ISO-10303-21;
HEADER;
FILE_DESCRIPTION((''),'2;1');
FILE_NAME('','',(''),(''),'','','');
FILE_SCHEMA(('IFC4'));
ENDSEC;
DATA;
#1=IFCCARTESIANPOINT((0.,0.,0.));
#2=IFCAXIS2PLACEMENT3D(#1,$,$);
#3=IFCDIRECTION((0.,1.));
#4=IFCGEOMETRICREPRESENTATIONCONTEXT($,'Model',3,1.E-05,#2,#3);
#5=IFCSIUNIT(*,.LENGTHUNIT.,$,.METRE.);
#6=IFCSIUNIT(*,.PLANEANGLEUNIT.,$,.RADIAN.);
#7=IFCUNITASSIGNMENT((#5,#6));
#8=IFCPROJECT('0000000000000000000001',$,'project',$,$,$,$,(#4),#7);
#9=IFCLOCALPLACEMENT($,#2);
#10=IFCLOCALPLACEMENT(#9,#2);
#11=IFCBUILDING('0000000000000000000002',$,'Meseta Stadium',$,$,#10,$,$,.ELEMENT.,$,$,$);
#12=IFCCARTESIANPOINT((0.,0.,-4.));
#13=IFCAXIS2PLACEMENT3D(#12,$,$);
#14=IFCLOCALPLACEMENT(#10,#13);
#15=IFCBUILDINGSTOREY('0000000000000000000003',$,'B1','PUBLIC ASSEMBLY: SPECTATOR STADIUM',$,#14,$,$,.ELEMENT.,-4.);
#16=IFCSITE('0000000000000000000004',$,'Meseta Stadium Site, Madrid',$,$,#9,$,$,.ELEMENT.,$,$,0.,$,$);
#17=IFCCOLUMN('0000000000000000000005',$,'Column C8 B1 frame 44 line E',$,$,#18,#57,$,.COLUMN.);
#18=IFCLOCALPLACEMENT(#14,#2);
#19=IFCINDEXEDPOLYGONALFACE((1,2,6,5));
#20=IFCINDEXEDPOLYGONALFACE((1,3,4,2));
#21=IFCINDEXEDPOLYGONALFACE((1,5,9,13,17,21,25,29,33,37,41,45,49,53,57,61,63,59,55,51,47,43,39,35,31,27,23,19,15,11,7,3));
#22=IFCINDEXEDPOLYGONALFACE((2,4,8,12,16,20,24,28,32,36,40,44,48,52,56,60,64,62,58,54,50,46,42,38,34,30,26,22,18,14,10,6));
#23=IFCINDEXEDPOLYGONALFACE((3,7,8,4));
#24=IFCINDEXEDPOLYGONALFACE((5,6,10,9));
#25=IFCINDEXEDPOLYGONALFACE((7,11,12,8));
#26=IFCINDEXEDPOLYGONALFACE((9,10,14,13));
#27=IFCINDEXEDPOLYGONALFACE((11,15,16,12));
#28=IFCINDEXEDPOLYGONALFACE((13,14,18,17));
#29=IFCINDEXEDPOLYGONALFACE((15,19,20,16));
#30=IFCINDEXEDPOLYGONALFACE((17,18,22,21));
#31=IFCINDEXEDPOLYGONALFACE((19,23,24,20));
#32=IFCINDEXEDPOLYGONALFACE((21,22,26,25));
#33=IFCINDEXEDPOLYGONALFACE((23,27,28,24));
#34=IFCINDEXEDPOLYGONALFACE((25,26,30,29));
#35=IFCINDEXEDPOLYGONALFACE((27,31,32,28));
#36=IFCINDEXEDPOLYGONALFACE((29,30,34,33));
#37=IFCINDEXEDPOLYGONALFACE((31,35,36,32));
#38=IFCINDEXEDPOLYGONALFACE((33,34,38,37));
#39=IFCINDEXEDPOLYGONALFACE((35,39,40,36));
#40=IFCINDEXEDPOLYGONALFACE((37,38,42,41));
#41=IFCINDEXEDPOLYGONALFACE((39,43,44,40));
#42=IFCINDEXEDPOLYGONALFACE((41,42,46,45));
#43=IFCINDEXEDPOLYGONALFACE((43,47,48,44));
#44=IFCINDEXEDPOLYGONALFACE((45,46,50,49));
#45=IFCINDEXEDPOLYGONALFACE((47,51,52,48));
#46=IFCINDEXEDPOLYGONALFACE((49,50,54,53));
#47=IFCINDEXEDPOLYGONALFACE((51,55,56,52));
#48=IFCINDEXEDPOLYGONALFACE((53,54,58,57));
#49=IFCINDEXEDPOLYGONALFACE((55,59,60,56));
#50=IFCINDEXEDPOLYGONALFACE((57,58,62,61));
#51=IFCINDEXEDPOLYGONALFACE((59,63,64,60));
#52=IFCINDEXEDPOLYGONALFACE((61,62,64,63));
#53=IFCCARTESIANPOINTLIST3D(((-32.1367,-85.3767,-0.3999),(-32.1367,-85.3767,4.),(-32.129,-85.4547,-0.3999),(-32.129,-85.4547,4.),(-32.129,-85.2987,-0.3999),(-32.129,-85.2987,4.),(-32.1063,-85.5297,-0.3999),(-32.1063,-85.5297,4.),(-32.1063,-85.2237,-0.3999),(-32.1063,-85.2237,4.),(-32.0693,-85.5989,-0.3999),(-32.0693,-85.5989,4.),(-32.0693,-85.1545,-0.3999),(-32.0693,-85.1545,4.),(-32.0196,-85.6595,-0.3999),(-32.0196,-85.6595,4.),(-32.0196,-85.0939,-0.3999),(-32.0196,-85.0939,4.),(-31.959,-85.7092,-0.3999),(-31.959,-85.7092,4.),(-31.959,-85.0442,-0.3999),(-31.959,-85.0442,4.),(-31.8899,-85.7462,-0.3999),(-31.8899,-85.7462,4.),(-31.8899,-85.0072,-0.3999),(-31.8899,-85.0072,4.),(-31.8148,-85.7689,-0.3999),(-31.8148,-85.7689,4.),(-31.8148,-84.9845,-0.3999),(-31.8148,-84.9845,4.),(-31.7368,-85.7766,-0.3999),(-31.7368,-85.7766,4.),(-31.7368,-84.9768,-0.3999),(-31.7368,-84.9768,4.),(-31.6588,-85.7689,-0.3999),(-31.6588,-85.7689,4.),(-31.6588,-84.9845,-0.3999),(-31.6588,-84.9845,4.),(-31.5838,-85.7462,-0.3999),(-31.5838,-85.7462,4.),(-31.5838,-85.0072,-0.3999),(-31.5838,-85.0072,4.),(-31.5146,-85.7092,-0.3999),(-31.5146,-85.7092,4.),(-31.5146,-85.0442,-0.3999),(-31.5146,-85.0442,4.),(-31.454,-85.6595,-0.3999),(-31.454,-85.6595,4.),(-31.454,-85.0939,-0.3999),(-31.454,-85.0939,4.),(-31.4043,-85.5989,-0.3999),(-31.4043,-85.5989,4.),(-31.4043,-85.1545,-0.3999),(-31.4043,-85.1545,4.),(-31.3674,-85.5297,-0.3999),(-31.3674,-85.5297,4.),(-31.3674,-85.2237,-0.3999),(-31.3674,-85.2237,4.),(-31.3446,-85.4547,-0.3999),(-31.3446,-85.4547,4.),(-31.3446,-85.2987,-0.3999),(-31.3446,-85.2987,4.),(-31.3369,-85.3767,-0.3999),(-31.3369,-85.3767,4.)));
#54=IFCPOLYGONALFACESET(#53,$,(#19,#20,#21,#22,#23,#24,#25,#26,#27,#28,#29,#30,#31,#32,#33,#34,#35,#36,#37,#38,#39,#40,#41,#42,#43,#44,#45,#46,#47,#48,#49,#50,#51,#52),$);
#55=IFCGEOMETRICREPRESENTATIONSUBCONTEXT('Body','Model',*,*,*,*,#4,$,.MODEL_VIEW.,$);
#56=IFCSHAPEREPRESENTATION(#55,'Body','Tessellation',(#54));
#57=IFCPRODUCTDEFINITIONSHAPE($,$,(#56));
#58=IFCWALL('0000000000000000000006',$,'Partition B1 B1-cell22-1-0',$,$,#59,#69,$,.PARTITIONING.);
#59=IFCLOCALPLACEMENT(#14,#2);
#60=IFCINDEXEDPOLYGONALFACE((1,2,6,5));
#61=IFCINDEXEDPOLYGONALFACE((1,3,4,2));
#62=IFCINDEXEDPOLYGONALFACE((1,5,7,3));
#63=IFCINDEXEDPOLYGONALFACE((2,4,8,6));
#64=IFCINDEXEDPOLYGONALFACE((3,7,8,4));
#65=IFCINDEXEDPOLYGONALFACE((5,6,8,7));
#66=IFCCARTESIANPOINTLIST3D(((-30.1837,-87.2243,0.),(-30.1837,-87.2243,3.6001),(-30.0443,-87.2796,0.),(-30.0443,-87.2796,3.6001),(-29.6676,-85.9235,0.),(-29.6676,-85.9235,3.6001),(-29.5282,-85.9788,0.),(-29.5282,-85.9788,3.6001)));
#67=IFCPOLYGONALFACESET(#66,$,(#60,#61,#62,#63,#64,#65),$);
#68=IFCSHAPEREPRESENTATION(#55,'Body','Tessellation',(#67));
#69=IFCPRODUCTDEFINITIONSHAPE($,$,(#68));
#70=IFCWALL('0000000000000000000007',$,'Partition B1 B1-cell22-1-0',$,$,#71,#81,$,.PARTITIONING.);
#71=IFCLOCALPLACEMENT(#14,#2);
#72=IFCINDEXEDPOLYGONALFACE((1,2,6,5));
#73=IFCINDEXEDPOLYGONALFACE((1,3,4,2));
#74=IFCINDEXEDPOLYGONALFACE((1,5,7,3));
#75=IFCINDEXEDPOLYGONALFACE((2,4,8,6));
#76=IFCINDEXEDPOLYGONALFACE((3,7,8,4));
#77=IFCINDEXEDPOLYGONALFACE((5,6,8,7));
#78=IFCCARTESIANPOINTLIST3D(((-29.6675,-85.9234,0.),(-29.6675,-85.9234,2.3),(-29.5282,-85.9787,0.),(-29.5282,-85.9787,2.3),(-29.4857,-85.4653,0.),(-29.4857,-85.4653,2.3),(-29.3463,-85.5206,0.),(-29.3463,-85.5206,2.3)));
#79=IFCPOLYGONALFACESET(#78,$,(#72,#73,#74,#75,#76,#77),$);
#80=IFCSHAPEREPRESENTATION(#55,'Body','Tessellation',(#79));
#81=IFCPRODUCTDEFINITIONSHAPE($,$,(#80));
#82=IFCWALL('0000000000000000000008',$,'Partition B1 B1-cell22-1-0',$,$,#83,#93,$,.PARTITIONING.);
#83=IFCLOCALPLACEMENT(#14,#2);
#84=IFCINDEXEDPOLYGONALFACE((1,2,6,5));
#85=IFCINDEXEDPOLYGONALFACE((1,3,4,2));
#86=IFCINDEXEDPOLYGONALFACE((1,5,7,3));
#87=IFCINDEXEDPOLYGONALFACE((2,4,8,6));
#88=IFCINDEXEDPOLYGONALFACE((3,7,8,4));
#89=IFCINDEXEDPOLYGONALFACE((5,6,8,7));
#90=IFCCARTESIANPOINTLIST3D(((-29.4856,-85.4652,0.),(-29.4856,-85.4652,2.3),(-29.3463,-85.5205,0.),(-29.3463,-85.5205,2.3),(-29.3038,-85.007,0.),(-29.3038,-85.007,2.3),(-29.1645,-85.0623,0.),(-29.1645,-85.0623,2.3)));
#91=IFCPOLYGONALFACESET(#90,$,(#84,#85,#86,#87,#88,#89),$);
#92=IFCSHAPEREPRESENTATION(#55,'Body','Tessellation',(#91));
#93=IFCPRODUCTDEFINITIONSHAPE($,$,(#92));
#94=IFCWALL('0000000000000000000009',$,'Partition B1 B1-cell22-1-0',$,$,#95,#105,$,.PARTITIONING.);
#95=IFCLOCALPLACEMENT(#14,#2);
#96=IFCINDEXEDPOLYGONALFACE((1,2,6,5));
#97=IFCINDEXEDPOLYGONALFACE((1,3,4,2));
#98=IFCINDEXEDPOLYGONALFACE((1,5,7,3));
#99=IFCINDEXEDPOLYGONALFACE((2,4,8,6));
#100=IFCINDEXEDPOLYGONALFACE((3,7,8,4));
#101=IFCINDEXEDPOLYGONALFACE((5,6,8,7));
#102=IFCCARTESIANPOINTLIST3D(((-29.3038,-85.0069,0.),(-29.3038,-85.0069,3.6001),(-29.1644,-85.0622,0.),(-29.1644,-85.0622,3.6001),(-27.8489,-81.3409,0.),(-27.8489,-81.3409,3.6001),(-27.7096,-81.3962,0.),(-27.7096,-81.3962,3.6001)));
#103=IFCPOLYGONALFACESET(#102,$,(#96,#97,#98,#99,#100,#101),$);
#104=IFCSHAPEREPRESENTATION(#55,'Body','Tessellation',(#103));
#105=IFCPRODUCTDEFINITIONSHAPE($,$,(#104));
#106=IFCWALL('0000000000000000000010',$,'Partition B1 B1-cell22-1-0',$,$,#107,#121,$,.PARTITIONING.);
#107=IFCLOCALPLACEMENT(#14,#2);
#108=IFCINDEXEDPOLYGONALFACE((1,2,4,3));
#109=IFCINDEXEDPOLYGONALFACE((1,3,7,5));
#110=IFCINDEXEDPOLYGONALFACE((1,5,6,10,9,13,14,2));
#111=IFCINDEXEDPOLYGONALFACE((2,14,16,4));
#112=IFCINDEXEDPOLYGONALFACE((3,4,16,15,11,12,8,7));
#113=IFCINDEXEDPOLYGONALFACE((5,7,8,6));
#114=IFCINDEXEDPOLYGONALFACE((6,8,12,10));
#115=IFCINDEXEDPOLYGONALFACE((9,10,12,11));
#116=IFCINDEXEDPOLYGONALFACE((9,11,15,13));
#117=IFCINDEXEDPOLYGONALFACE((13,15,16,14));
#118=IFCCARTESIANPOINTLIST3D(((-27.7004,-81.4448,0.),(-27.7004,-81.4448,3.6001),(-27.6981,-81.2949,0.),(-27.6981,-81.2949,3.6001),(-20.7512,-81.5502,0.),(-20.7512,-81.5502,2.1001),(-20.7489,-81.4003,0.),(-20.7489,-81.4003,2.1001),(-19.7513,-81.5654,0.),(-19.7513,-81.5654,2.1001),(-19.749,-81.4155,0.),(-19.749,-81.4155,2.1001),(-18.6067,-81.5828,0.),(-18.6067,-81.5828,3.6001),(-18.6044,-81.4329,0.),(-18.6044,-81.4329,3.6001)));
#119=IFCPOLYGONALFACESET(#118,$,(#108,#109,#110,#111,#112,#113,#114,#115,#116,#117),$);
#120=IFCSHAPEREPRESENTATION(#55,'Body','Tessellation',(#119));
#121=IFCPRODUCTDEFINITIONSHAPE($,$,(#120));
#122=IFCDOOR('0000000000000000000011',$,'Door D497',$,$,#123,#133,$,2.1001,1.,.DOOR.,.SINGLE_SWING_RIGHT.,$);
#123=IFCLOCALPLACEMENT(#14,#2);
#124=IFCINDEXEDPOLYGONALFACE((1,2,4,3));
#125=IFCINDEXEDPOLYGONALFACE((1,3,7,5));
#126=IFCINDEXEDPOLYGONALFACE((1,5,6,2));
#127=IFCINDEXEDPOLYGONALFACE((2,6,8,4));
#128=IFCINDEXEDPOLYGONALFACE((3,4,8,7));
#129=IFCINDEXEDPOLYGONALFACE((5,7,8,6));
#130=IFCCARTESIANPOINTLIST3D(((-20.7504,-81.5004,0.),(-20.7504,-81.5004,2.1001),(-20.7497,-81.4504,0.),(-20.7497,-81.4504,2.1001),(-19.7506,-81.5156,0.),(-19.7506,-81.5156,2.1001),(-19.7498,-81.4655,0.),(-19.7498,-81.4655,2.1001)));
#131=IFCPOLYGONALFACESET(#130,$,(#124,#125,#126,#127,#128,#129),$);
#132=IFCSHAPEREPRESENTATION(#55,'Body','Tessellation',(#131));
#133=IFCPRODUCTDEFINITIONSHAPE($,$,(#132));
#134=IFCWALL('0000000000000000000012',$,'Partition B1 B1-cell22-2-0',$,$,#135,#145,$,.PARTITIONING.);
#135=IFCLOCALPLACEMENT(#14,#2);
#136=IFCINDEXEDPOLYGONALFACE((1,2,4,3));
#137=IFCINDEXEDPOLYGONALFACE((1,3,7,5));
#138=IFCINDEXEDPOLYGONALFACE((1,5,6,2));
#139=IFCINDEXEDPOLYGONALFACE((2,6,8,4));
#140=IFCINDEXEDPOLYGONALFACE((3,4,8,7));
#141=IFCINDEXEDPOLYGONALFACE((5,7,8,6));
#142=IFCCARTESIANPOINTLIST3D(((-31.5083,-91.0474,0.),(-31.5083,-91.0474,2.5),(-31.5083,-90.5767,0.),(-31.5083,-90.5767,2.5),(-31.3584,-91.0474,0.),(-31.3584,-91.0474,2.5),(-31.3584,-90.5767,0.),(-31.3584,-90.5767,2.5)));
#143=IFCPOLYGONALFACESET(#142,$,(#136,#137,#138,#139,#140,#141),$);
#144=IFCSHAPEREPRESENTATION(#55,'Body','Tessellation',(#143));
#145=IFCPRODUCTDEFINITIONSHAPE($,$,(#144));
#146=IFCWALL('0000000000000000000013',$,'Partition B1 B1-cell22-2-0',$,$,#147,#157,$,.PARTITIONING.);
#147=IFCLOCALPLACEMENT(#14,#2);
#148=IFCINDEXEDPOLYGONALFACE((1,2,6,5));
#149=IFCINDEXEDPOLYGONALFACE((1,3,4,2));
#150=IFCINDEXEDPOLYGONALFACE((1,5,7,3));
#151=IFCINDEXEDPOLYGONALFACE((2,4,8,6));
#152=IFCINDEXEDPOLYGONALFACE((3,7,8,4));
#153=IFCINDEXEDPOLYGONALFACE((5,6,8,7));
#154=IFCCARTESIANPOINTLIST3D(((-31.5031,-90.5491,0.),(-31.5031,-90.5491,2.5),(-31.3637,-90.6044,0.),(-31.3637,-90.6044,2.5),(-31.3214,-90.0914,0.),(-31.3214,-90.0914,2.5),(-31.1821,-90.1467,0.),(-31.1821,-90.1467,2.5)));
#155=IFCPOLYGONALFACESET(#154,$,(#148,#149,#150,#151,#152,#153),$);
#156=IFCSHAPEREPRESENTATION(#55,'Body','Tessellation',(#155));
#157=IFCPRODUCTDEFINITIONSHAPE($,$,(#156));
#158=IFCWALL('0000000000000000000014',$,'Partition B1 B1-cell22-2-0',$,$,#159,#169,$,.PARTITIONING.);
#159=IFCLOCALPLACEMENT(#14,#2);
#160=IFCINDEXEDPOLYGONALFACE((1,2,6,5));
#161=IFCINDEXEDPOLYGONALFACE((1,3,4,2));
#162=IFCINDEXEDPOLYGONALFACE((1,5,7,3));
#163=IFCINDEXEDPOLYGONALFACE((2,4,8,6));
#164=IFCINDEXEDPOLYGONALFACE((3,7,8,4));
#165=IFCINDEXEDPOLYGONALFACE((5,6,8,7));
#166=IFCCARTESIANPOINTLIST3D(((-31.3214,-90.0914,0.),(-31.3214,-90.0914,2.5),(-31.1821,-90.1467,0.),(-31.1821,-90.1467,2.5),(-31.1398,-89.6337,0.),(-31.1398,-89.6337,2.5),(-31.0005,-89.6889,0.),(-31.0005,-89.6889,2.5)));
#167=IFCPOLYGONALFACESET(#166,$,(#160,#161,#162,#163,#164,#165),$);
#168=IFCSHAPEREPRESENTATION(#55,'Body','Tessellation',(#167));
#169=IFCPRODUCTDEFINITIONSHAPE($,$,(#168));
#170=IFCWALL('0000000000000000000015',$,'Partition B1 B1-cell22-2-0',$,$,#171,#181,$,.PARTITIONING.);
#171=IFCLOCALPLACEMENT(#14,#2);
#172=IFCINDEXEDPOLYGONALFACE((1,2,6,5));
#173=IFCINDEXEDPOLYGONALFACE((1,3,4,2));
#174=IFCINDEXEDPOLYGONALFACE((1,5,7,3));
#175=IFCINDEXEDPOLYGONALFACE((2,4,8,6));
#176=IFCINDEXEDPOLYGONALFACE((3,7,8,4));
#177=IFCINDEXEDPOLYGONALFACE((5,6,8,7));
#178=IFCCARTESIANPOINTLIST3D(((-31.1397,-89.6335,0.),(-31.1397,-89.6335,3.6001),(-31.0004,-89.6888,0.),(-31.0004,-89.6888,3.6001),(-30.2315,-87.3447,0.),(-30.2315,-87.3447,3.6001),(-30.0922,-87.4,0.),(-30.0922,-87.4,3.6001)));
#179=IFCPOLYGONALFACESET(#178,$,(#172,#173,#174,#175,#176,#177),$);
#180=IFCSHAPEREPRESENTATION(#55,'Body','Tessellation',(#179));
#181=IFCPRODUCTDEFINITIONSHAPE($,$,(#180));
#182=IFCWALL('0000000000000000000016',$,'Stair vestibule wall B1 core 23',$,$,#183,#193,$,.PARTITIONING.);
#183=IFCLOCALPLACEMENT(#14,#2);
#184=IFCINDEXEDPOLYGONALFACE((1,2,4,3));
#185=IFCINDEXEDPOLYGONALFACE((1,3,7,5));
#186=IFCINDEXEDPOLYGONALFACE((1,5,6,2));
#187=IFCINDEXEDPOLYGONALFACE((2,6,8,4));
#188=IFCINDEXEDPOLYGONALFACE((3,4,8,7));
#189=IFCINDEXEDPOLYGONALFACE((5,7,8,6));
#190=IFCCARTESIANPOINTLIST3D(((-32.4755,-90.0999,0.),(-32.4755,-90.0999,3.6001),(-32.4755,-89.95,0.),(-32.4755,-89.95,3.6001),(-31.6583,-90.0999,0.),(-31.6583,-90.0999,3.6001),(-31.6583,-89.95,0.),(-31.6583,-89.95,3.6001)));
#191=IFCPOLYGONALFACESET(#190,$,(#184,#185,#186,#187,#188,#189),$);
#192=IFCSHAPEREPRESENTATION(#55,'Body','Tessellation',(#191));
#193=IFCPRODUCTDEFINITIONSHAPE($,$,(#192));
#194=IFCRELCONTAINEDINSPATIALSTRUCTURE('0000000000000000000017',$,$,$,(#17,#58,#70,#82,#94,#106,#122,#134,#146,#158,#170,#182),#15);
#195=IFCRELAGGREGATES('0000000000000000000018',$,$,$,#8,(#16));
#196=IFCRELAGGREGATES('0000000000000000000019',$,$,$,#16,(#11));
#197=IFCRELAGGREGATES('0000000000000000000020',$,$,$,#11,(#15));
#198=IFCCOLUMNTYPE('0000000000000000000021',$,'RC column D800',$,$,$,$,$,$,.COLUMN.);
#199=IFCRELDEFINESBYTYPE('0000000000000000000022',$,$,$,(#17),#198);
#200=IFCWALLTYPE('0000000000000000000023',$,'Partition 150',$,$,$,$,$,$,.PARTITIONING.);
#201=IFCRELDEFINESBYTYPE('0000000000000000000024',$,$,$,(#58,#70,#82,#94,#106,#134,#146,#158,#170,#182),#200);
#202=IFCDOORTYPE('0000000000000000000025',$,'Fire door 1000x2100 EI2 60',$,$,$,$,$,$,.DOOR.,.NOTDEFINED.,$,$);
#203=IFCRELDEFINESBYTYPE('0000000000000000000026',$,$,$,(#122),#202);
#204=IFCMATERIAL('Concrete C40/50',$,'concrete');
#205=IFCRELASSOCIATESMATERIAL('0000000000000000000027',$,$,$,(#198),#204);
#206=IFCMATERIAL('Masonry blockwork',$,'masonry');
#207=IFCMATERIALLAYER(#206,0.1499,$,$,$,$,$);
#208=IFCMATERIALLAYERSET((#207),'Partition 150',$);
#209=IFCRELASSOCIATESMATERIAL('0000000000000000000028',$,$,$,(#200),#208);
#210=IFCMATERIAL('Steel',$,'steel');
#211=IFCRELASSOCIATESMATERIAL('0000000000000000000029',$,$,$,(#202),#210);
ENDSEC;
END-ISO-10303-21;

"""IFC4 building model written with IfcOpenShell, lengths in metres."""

from ifc_helpers import new_model, si_unit, direction, frame, frame_2d, origin, origin_2d, place, context, subcontext, project, spatial, rectangle, circle, extrude, material, layer, layer_set, material_profile, profile_set, type_object, element, fill, save


model = new_model("IFC4")

# Units and contexts
model_context = context("Model", 3, precision=1e-05, world=origin(), true_north=direction((0.0, 1.0)))
body_context = subcontext(model_context, "Body", "Model", "MODEL_VIEW")
ifc_project = project(units=[si_unit("LENGTHUNIT", "METRE"), si_unit("PLANEANGLEUNIT", "RADIAN")], contexts=[model_context])

# Site, building, storey
site_placement = place(None, origin())
site = spatial("IfcSite", under=ifc_project, at=site_placement, Name="Meseta Stadium Site, Madrid", CompositionType="ELEMENT", RefElevation=0.0)
building_placement = place(site_placement, origin())
building = spatial("IfcBuilding", under=site, at=building_placement, Name="Meseta Stadium", CompositionType="ELEMENT")
storey_placement = place(building_placement, frame((0.0, 0.0, -4.0)))
storey = spatial("IfcBuildingStorey", under=building, at=storey_placement, Name="B1", Description="PUBLIC ASSEMBLY: SPECTATOR STADIUM", CompositionType="ELEMENT", Elevation=-4.0)

# Column
ifc_material_1 = material(Name="Concrete C40/50", Category="concrete")
ifc_material_profile = material_profile(ifc_material_1, circle(Radius=0.3999, at=origin_2d()), Name="RC D800")
ifc_profile_set = profile_set([ifc_material_profile], Name="Concrete C40/50")
column_type = type_object("IfcColumnType", Name="RC column D800", PredefinedType="COLUMN", material=ifc_profile_set)
column_placement = place(storey_placement, frame((-31.7368, -85.3767, -0.3999), z_axis=(0.0, 0.0, 1.0), x_axis=(1.0, 0.0, 0.0)))
element("IfcColumn", 1, at=column_placement, inside=storey, type_object=column_type, Name="Column C8 B1 frame 44 line E", PredefinedType="COLUMN", context=body_context, shape_type="SweptSolid", body=[
    extrude(circle(Radius=0.3999, at=origin_2d()), origin(), (0.0, 0.0, 1.0), 4.3999),
])

# Walls
ifc_material_2 = material(Name="Masonry blockwork", Category="masonry")
ifc_layer = layer(ifc_material_2, 0.1499)
ifc_layer_set = layer_set([ifc_layer], Name="Partition 150")
wall_type = type_object("IfcWallType", Name="Partition 150", PredefinedType="PARTITIONING", material=ifc_layer_set)
wall_1_placement = place(storey_placement, frame((-30.114, -87.252, 0.0), z_axis=(0.0, 0.0, 1.0), x_axis=(0.368802, 0.929508, 0.0)))
element("IfcWall", 2, at=wall_1_placement, inside=storey, type_object=wall_type, Name="Partition B1 B1-cell22-1-0", PredefinedType="PARTITIONING", context=body_context, shape_type="SweptSolid", body=[
    extrude(rectangle(XDim=1.3994, YDim=0.1499, at=frame_2d((0.6997, 0.0))), origin(), (0.0, 0.0, 1.0), 3.6001),
])
for number, where, z_axis, x_axis, name in (
    (3, (-29.5979, -85.9512, 0.0), (0.0, 0.0, 1.0), (0.368913, 0.929464, 0.0), "Partition B1 B1-cell22-1-0"),
    (4, (-29.416, -85.4929, 0.0), (0.0, 0.0, 1.0), (0.368913, 0.929464, 0.0), "Partition B1 B1-cell22-1-0"),
):
    element("IfcWall", number, at=place(storey_placement, frame(where, z_axis=z_axis, x_axis=x_axis)), inside=storey, type_object=wall_type, Name=name, PredefinedType="PARTITIONING", context=body_context, shape_type="SweptSolid", body=[
        extrude(rectangle(XDim=0.4929, YDim=0.1499, at=frame_2d((0.2466, 0.0))), origin(), (0.0, 0.0, 1.0), 2.3),
    ])
wall_2_placement = place(storey_placement, frame((-29.2341, -85.0347, 0.0), z_axis=(0.0, 0.0, 1.0), x_axis=(0.36886, 0.929485, 0.0)))
element("IfcWall", 5, at=wall_2_placement, inside=storey, type_object=wall_type, Name="Partition B1 B1-cell22-1-0", PredefinedType="PARTITIONING", context=body_context, shape_type="SweptSolid", body=[
    extrude(rectangle(XDim=3.9441, YDim=0.1499, at=frame_2d((1.9722, 0.0))), origin(), (0.0, 0.0, 1.0), 3.6001),
])

# Wall, opening, door
wall_3_placement = place(storey_placement, frame((-27.6992, -81.3699, 0.0), z_axis=(0.0, 0.0, 1.0), x_axis=(0.999885, -0.015167, 0.0)))
wall_3 = element("IfcWall", 6, at=wall_3_placement, inside=storey, type_object=wall_type, Name="Partition B1 B1-cell22-1-0", PredefinedType="PARTITIONING", context=body_context, shape_type="SweptSolid", body=[
    extrude(rectangle(XDim=9.0947, YDim=0.1499, at=frame_2d((4.5474, 0.0))), origin(), (0.0, 0.0, 1.0), 3.6001),
])
opening_placement = place(wall_3_placement, frame((6.95, 0.0, 0.0)))
opening = element("IfcOpeningElement", 7, at=opening_placement, cuts=wall_3, PredefinedType="OPENING", context=body_context, shape_type="SweptSolid", body=[
    extrude(rectangle(XDim=1.0, YDim=2.1001, at=frame_2d((0.5, 1.05))), frame((0.0, 0.085, 0.0), z_axis=(0.0, -1.0, 0.0), x_axis=(1.0, 0.0, 0.0)), (0.0, 0.0, 1.0), 0.1699),
])
ifc_material_3 = material(Name="Steel", Category="steel")
door_type = type_object("IfcDoorType", Name="Fire door 1000x2100 EI2 60", OperationType="NOTDEFINED", PredefinedType="DOOR", material=ifc_material_3)
door_placement = place(opening_placement, origin())
door = element("IfcDoor", 8, at=door_placement, inside=storey, type_object=door_type, Name="Door D497", OperationType="SINGLE_SWING_RIGHT", OverallHeight=2.1001, OverallWidth=1.0, PredefinedType="DOOR", context=body_context, shape_type="SweptSolid", body=[
    extrude(rectangle(XDim=1.0, YDim=2.1001, at=frame_2d((0.5, 1.05))), frame((0.0, 0.0249, 0.0), z_axis=(0.0, -1.0, 0.0), x_axis=(1.0, 0.0, 0.0)), (0.0, 0.0, 1.0), 0.05),
])
fill(opening, door)

# Walls
wall_4_placement = place(storey_placement, frame((-31.4333, -91.0474, 0.0), z_axis=(0.0, 0.0, 1.0), x_axis=(0.0, 1.0, 0.0)))
element("IfcWall", 9, at=wall_4_placement, inside=storey, type_object=wall_type, Name="Partition B1 B1-cell22-2-0", PredefinedType="PARTITIONING", context=body_context, shape_type="SweptSolid", body=[
    extrude(rectangle(XDim=0.4707, YDim=0.1499, at=frame_2d((0.2354, 0.0))), origin(), (0.0, 0.0, 1.0), 2.5),
])
for number, where, z_axis, x_axis, name in (
    (10, (-31.4333, -90.5767, 0.0), (0.0, 0.0, 1.0), (0.368825, 0.929499, 0.0), "Partition B1 B1-cell22-2-0"),
    (11, (-31.2517, -90.1189, 0.0), (0.0, 0.0, 1.0), (0.368825, 0.929499, 0.0), "Partition B1 B1-cell22-2-0"),
):
    element("IfcWall", number, at=place(storey_placement, frame(where, z_axis=z_axis, x_axis=x_axis)), inside=storey, type_object=wall_type, Name=name, PredefinedType="PARTITIONING", context=body_context, shape_type="SweptSolid", body=[
        extrude(rectangle(XDim=0.4924, YDim=0.1499, at=frame_2d((0.2461, 0.0))), origin(), (0.0, 0.0, 1.0), 2.5),
    ])
wall_5_placement = place(storey_placement, frame((-31.0701, -89.6611, 0.0), z_axis=(0.0, 0.0, 1.0), x_axis=(0.368825, 0.929499, 0.0)))
element("IfcWall", 12, at=wall_5_placement, inside=storey, type_object=wall_type, Name="Partition B1 B1-cell22-2-0", PredefinedType="PARTITIONING", context=body_context, shape_type="SweptSolid", body=[
    extrude(rectangle(XDim=2.4624, YDim=0.1499, at=frame_2d((1.2312, 0.0))), origin(), (0.0, 0.0, 1.0), 3.6001),
])
wall_6_placement = place(storey_placement, frame((-31.6582, -90.0249, 0.0), z_axis=(0.0, 0.0, 1.0), x_axis=(-1.0, 0.0, 0.0)))
element("IfcWall", 13, at=wall_6_placement, inside=storey, type_object=wall_type, Name="Stair vestibule wall B1 core 23", PredefinedType="PARTITIONING", context=body_context, shape_type="SweptSolid", body=[
    extrude(rectangle(XDim=0.8171, YDim=0.1499, at=frame_2d((0.4087, 0.0))), origin(), (0.0, 0.0, 1.0), 3.6001),
])

save(model, "model.ifc")
